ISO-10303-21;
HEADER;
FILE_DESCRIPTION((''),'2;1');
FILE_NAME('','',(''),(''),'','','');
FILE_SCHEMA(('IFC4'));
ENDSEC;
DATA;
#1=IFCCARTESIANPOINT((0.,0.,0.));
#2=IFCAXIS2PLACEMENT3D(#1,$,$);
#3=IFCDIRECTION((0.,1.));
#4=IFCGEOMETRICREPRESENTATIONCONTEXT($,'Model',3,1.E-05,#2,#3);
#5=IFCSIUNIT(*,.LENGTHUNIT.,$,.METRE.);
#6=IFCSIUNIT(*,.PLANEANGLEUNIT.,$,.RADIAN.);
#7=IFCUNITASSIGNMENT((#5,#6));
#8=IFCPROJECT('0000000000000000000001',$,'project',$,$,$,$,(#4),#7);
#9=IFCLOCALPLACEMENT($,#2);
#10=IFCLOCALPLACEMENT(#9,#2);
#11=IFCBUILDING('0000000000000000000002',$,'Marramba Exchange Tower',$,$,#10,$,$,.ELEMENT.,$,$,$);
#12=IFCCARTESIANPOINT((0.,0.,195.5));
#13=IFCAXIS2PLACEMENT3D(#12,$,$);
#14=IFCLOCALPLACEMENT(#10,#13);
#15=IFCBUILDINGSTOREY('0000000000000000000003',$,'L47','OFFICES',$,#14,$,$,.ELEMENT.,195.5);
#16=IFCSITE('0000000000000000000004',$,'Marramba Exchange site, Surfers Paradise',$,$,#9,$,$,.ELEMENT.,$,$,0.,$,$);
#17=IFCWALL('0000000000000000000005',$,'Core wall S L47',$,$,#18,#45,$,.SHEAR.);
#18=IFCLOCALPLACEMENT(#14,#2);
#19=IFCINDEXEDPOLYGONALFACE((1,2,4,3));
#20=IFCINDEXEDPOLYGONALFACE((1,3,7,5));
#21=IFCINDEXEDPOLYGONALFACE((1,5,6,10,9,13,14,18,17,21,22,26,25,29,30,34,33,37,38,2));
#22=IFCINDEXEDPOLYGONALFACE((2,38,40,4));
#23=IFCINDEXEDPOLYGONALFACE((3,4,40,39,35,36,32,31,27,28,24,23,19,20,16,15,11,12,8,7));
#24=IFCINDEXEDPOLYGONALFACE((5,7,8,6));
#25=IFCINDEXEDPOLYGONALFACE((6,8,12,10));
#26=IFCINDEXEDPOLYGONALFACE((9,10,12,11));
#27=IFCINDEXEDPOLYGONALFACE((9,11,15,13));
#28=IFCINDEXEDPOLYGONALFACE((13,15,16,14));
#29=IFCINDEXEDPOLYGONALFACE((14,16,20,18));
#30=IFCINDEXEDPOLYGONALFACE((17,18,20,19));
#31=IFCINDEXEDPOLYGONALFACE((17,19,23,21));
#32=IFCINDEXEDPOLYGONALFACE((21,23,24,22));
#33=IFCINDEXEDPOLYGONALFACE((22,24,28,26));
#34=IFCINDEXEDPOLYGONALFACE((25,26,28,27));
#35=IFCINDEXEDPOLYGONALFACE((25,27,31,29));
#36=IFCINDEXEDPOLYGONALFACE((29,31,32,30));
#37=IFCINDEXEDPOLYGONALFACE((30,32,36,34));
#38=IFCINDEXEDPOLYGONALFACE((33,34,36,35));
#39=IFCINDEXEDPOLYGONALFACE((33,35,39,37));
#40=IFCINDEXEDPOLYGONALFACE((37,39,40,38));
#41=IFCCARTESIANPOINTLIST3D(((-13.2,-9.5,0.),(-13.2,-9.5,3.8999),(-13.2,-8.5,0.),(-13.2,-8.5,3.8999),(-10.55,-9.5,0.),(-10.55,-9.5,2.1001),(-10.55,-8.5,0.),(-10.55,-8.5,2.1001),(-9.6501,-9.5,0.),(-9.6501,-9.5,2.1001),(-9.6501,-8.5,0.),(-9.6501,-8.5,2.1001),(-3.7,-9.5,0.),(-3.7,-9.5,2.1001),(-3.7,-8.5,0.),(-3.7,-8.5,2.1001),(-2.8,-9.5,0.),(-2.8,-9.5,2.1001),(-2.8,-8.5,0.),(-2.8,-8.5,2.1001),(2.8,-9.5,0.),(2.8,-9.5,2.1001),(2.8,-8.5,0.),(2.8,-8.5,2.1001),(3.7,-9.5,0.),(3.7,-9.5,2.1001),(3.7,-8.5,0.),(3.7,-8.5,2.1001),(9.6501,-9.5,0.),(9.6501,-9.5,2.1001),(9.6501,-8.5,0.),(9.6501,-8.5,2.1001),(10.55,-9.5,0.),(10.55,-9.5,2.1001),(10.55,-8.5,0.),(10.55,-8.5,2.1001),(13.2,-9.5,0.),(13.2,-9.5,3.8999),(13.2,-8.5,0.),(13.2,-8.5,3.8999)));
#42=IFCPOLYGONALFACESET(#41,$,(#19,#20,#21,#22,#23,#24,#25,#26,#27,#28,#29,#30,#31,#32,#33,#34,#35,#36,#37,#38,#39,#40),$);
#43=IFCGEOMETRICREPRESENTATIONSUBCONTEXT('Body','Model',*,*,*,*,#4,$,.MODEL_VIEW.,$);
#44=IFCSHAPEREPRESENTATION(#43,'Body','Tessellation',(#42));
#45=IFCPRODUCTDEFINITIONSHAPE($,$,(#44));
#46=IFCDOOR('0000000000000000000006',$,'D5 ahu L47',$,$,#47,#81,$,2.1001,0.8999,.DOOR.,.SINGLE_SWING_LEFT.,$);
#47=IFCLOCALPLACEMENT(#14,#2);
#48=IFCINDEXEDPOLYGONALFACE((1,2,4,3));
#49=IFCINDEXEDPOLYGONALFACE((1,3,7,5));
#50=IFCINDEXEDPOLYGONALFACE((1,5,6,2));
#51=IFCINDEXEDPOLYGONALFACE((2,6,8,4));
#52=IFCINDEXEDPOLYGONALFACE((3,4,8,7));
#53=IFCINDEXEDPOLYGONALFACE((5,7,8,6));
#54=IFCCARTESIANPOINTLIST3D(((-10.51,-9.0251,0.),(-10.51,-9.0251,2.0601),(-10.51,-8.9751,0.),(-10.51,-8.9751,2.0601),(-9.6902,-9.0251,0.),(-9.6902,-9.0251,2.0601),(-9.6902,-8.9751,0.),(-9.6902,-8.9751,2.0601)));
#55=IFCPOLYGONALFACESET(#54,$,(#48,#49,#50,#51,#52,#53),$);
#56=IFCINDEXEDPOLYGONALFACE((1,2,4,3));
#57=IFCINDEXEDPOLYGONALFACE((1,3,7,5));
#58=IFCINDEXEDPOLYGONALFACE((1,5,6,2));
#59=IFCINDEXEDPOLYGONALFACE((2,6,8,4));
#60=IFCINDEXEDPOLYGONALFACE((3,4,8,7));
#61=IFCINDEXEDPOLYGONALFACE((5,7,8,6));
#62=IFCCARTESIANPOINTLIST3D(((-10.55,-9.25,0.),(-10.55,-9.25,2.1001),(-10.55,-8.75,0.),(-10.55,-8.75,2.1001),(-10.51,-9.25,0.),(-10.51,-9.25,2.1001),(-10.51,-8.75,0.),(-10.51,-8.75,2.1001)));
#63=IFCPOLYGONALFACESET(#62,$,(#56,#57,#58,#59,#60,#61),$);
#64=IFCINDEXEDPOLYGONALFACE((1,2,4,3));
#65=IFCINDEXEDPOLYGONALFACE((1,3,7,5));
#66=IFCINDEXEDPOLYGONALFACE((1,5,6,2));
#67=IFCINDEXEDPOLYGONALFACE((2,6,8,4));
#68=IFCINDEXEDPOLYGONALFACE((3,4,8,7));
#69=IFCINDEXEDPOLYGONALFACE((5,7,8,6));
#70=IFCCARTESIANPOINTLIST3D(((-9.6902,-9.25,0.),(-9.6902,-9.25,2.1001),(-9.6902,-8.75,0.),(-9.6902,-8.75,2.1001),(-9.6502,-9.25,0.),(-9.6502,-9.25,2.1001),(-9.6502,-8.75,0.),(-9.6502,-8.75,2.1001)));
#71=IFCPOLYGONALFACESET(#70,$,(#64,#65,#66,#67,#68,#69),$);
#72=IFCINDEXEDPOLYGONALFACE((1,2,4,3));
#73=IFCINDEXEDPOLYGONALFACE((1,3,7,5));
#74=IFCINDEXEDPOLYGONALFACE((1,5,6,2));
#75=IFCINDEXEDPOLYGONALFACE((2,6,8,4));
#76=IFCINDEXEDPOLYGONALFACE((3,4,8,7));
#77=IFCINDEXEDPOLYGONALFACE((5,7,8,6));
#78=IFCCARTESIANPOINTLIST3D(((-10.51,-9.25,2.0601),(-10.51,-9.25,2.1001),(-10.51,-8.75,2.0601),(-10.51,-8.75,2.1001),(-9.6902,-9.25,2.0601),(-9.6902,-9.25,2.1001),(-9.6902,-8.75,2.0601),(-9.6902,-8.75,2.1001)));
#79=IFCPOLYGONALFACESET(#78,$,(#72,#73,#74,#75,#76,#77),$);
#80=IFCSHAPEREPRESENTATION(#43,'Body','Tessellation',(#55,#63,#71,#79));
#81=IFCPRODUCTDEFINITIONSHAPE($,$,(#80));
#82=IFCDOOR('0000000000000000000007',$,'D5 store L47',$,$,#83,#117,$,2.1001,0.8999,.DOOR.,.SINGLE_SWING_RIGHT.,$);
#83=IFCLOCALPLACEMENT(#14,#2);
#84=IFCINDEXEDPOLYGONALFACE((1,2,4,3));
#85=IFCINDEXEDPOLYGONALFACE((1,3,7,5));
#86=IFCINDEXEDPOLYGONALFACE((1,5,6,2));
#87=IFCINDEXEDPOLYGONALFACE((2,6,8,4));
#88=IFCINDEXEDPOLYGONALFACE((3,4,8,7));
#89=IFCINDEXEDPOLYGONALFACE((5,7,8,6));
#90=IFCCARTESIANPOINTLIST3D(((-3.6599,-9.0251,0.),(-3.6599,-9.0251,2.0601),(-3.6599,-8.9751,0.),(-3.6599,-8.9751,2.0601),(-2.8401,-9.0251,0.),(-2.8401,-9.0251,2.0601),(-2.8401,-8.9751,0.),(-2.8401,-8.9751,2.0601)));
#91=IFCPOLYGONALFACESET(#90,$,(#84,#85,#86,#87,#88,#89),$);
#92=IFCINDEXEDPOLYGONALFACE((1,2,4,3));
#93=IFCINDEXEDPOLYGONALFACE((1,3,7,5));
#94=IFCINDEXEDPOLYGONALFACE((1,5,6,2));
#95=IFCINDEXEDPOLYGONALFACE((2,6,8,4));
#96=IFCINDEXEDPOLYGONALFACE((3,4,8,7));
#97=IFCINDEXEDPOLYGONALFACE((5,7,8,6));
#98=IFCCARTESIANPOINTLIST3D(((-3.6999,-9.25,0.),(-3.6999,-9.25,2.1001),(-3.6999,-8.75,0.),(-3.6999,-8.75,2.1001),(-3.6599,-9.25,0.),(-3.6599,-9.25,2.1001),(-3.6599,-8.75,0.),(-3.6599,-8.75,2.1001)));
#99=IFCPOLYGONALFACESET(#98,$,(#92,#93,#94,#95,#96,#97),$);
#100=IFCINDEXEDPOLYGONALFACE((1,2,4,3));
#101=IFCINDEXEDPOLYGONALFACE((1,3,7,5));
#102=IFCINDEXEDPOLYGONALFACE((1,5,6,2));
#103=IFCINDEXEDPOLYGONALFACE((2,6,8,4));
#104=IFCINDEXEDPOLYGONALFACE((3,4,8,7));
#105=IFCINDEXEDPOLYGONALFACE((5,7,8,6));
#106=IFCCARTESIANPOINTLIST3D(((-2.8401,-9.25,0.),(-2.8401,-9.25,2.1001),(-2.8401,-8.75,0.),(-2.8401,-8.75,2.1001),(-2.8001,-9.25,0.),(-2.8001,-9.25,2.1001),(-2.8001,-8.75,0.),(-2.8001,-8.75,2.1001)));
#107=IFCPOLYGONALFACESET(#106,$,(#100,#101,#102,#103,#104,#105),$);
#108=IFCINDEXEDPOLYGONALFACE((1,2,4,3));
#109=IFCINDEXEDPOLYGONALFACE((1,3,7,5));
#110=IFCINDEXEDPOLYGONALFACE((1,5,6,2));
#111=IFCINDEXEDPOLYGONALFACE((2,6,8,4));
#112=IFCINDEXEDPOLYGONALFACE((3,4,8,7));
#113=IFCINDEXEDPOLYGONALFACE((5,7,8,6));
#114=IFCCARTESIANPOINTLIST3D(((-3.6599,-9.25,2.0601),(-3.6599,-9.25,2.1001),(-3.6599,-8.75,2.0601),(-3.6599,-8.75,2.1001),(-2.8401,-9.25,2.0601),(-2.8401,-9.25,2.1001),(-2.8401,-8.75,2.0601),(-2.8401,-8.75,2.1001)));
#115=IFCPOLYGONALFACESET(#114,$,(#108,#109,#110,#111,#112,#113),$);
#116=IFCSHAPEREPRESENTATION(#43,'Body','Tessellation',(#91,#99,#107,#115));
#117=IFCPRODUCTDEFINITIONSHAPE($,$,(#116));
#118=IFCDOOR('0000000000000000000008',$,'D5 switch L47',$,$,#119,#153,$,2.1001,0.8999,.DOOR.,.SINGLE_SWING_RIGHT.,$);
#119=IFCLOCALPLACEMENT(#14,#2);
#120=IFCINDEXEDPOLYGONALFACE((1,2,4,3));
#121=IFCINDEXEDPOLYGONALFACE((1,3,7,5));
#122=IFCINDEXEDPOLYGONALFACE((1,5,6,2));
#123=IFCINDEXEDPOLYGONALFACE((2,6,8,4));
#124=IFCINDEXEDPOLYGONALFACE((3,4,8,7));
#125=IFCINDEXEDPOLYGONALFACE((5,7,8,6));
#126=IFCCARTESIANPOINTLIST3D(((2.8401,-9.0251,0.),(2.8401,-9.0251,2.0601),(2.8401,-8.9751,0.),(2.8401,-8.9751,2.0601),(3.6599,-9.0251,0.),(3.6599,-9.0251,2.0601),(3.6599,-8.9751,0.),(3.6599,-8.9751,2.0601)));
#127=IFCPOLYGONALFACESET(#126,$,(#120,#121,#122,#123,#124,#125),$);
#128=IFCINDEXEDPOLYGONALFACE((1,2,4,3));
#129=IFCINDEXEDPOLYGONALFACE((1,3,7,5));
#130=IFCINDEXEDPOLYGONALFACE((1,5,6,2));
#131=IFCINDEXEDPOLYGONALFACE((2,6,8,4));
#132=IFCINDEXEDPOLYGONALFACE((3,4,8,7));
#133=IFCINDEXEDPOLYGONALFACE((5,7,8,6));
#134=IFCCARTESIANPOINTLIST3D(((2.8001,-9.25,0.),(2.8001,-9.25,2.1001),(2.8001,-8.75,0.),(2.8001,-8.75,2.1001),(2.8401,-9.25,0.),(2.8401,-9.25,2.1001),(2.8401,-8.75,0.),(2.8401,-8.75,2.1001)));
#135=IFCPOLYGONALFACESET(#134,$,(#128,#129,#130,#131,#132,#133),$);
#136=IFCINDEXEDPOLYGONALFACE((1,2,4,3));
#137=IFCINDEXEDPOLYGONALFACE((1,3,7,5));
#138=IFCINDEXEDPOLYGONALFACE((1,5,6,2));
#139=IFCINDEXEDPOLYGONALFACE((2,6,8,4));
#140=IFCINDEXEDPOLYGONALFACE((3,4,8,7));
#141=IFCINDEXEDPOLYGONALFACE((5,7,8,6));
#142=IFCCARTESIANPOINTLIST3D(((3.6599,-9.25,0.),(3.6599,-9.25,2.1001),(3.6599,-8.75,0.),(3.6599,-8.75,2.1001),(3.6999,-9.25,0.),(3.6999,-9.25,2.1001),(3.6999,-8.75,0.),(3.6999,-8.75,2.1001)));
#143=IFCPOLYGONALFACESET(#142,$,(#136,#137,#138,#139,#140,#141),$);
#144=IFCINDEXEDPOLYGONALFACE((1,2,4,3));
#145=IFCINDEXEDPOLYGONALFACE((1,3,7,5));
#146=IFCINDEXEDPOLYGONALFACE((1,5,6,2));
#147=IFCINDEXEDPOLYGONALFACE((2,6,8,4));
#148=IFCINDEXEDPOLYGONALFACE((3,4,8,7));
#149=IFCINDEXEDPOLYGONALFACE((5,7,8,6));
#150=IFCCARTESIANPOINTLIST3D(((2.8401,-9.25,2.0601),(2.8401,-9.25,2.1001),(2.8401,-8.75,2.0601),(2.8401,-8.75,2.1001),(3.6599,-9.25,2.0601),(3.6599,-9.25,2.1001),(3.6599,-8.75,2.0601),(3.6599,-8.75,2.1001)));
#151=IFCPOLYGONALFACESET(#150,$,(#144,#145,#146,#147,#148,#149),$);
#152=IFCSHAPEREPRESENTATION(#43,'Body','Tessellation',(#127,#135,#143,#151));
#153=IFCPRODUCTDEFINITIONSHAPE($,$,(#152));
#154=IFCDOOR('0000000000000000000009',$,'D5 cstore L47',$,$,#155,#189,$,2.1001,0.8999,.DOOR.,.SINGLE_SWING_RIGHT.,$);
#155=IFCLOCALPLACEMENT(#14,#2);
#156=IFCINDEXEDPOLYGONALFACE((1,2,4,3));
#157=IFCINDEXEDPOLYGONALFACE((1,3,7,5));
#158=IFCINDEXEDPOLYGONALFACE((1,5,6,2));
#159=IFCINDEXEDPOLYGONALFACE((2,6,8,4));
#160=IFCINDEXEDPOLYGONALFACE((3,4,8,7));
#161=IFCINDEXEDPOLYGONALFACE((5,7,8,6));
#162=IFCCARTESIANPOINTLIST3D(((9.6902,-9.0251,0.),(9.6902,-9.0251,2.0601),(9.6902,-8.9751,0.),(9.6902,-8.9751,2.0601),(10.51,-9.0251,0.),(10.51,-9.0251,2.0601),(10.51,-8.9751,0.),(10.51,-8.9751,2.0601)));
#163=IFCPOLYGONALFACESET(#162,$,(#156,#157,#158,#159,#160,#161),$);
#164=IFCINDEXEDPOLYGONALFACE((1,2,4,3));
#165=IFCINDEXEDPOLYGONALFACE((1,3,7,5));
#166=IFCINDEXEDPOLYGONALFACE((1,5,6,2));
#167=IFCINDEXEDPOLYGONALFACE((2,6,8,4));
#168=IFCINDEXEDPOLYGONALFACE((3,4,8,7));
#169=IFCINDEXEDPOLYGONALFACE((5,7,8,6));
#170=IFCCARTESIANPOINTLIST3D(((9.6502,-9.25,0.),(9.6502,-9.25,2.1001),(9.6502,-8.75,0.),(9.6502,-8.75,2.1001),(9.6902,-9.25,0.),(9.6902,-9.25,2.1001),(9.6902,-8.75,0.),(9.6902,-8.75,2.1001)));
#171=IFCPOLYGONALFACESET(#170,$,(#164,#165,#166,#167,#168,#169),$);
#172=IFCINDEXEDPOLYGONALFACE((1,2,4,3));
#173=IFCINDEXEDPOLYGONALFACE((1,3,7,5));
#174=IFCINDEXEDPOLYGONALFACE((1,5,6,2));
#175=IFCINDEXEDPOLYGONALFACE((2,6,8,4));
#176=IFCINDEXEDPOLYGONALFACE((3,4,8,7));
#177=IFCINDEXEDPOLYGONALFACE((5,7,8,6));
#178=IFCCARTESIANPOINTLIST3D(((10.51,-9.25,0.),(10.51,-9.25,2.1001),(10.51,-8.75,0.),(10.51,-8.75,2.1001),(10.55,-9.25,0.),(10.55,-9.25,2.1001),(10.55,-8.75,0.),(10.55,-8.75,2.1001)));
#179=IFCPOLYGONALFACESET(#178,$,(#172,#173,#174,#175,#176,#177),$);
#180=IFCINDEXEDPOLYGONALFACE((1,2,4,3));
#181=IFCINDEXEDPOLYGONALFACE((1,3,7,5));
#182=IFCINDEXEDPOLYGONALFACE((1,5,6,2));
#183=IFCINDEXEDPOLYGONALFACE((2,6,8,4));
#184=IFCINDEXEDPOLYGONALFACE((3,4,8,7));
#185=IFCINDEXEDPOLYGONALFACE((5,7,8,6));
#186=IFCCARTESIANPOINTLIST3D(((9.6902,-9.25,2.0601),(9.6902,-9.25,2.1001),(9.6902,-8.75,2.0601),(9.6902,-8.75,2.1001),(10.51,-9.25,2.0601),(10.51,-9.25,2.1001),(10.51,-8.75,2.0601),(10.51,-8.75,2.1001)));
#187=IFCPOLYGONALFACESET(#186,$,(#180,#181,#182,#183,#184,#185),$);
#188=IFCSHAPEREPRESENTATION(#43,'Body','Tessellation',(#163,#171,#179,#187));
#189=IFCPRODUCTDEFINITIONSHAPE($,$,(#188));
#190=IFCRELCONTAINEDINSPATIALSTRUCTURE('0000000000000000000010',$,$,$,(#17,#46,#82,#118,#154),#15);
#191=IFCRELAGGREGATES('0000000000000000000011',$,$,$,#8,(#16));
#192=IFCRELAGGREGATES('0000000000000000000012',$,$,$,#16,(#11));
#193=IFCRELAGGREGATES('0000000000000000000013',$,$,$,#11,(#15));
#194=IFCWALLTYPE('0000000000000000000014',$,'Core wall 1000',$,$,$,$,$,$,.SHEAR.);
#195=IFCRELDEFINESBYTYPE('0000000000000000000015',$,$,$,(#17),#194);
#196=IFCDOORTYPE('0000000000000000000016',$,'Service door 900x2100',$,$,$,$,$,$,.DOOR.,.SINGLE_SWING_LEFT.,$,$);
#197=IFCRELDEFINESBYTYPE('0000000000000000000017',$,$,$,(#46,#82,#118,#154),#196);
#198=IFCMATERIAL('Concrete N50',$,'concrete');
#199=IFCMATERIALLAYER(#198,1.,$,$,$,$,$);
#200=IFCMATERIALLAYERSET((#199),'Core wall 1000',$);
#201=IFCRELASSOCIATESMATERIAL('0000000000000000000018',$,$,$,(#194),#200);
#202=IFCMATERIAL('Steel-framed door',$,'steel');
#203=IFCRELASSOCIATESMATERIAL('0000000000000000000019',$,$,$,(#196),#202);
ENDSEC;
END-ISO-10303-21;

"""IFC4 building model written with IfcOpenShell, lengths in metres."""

from ifc_helpers import new_model, si_unit, direction, frame, frame_2d, origin, place, context, subcontext, project, spatial, rectangle, extrude, material, layer, layer_set, type_object, element, fill, save


model = new_model("IFC4")

# Units and contexts
model_context = context("Model", 3, precision=1e-05, world=origin(), true_north=direction((0.0, 1.0)))
body_context = subcontext(model_context, "Body", "Model", "MODEL_VIEW")
ifc_project = project(units=[si_unit("LENGTHUNIT", "METRE"), si_unit("PLANEANGLEUNIT", "RADIAN")], contexts=[model_context])

# Site, building, storey
site_placement = place(None, origin())
site = spatial("IfcSite", under=ifc_project, at=site_placement, Name="Marramba Exchange site, Surfers Paradise", CompositionType="ELEMENT", RefElevation=0.0)
building_placement = place(site_placement, origin())
building = spatial("IfcBuilding", under=site, at=building_placement, Name="Marramba Exchange Tower", CompositionType="ELEMENT")
storey_placement = place(building_placement, frame((0.0, 0.0, 195.5)))
storey = spatial("IfcBuildingStorey", under=building, at=storey_placement, Name="L47", Description="OFFICES", CompositionType="ELEMENT", Elevation=195.5)

# Shared definitions
ifc_material_1 = material(Name="Concrete N50", Category="concrete")

# Wall, openings, doors
ifc_layer_1 = layer(ifc_material_1, 1.0)
ifc_layer_set_1 = layer_set([ifc_layer_1], Name="Core wall 1000")
wall_type_1 = type_object("IfcWallType", Name="Core wall 1000", PredefinedType="SHEAR", material=ifc_layer_set_1)
wall_1_placement = place(storey_placement, frame((-13.2, -9.0, 0.0), z_axis=(0.0, 0.0, 1.0), x_axis=(1.0, 0.0, 0.0)))
wall_1 = element("IfcWall", 1, at=wall_1_placement, inside=storey, type_object=wall_type_1, Name="Core wall S L47", PredefinedType="SHEAR", context=body_context, shape_type="SweptSolid", body=[
    extrude(rectangle(XDim=26.3999, YDim=1.0, at=frame_2d((13.2, 0.0))), origin(), (0.0, 0.0, 1.0), 3.8999),
])
opening_1_placement = place(wall_1_placement, frame((2.6499, 0.0, 0.0)))
opening_1 = element("IfcOpeningElement", 2, at=opening_1_placement, cuts=wall_1, PredefinedType="OPENING", context=body_context, shape_type="SweptSolid", body=[
    extrude(rectangle(XDim=0.8999, YDim=2.1001, at=frame_2d((0.45, 1.05))), frame((0.0, 0.51, 0.0), z_axis=(0.0, -1.0, 0.0), x_axis=(1.0, 0.0, 0.0)), (0.0, 0.0, 1.0), 1.02),
])
opening_2_placement = place(wall_1_placement, frame((9.5, 0.0, 0.0)))
opening_2 = element("IfcOpeningElement", 3, at=opening_2_placement, cuts=wall_1, PredefinedType="OPENING", context=body_context, shape_type="SweptSolid", body=[
    extrude(rectangle(XDim=0.8999, YDim=2.1001, at=frame_2d((0.45, 1.05))), frame((0.0, 0.51, 0.0), z_axis=(0.0, -1.0, 0.0), x_axis=(1.0, 0.0, 0.0)), (0.0, 0.0, 1.0), 1.02),
])
opening_3_placement = place(wall_1_placement, frame((16.0, 0.0, 0.0)))
opening_3 = element("IfcOpeningElement", 4, at=opening_3_placement, cuts=wall_1, PredefinedType="OPENING", context=body_context, shape_type="SweptSolid", body=[
    extrude(rectangle(XDim=0.8999, YDim=2.1001, at=frame_2d((0.45, 1.05))), frame((0.0, 0.51, 0.0), z_axis=(0.0, -1.0, 0.0), x_axis=(1.0, 0.0, 0.0)), (0.0, 0.0, 1.0), 1.02),
])
opening_4_placement = place(wall_1_placement, frame((22.8501, 0.0, 0.0)))
opening_4 = element("IfcOpeningElement", 5, at=opening_4_placement, cuts=wall_1, PredefinedType="OPENING", context=body_context, shape_type="SweptSolid", body=[
    extrude(rectangle(XDim=0.8999, YDim=2.1001, at=frame_2d((0.45, 1.05))), frame((0.0, 0.51, 0.0), z_axis=(0.0, -1.0, 0.0), x_axis=(1.0, 0.0, 0.0)), (0.0, 0.0, 1.0), 1.02),
])
ifc_material_2 = material(Name="Steel-framed door", Category="steel")
door_type = type_object("IfcDoorType", Name="Service door 900x2100", OperationType="SINGLE_SWING_LEFT", PredefinedType="DOOR", material=ifc_material_2)
door_1_placement = place(opening_1_placement, origin())
door_1 = element("IfcDoor", 6, at=door_1_placement, inside=storey, type_object=door_type, Name="D5 ahu L47", OperationType="SINGLE_SWING_LEFT", OverallHeight=2.1001, OverallWidth=0.8999, PredefinedType="DOOR", context=body_context, shape_type="SweptSolid", body=[
    extrude(rectangle(XDim=0.8198, YDim=2.0601, at=frame_2d((0.45, 1.03))), frame((0.0, 0.0249, 0.0), z_axis=(0.0, -1.0, 0.0), x_axis=(1.0, 0.0, 0.0)), (0.0, 0.0, 1.0), 0.05),
    extrude(rectangle(XDim=0.04, YDim=2.1001, at=frame_2d((0.02, 1.05))), frame((0.0, 0.25, 0.0), z_axis=(0.0, -1.0, 0.0), x_axis=(1.0, 0.0, 0.0)), (0.0, 0.0, 1.0), 0.5),
    extrude(rectangle(XDim=0.04, YDim=2.1001, at=frame_2d((0.8799, 1.05))), frame((0.0, 0.25, 0.0), z_axis=(0.0, -1.0, 0.0), x_axis=(1.0, 0.0, 0.0)), (0.0, 0.0, 1.0), 0.5),
    extrude(rectangle(XDim=0.8198, YDim=0.04, at=frame_2d((0.45, 2.0801))), frame((0.0, 0.25, 0.0), z_axis=(0.0, -1.0, 0.0), x_axis=(1.0, 0.0, 0.0)), (0.0, 0.0, 1.0), 0.5),
])
fill(opening_1, door_1)
door_2_placement = place(opening_2_placement, origin())
door_2 = element("IfcDoor", 7, at=door_2_placement, inside=storey, type_object=door_type, Name="D5 store L47", OperationType="SINGLE_SWING_RIGHT", OverallHeight=2.1001, OverallWidth=0.8999, PredefinedType="DOOR", context=body_context, shape_type="SweptSolid", body=[
    extrude(rectangle(XDim=0.8198, YDim=2.0601, at=frame_2d((0.45, 1.03))), frame((0.0, 0.0249, 0.0), z_axis=(0.0, -1.0, 0.0), x_axis=(1.0, 0.0, 0.0)), (0.0, 0.0, 1.0), 0.05),
    extrude(rectangle(XDim=0.04, YDim=2.1001, at=frame_2d((0.02, 1.05))), frame((0.0, 0.25, 0.0), z_axis=(0.0, -1.0, 0.0), x_axis=(1.0, 0.0, 0.0)), (0.0, 0.0, 1.0), 0.5),
    extrude(rectangle(XDim=0.04, YDim=2.1001, at=frame_2d((0.8799, 1.05))), frame((0.0, 0.25, 0.0), z_axis=(0.0, -1.0, 0.0), x_axis=(1.0, 0.0, 0.0)), (0.0, 0.0, 1.0), 0.5),
    extrude(rectangle(XDim=0.8198, YDim=0.04, at=frame_2d((0.45, 2.0801))), frame((0.0, 0.25, 0.0), z_axis=(0.0, -1.0, 0.0), x_axis=(1.0, 0.0, 0.0)), (0.0, 0.0, 1.0), 0.5),
])
fill(opening_2, door_2)
door_3_placement = place(opening_3_placement, origin())
door_3 = element("IfcDoor", 8, at=door_3_placement, inside=storey, type_object=door_type, Name="D5 switch L47", OperationType="SINGLE_SWING_RIGHT", OverallHeight=2.1001, OverallWidth=0.8999, PredefinedType="DOOR", context=body_context, shape_type="SweptSolid", body=[
    extrude(rectangle(XDim=0.8198, YDim=2.0601, at=frame_2d((0.45, 1.03))), frame((0.0, 0.0249, 0.0), z_axis=(0.0, -1.0, 0.0), x_axis=(1.0, 0.0, 0.0)), (0.0, 0.0, 1.0), 0.05),
    extrude(rectangle(XDim=0.04, YDim=2.1001, at=frame_2d((0.02, 1.05))), frame((0.0, 0.25, 0.0), z_axis=(0.0, -1.0, 0.0), x_axis=(1.0, 0.0, 0.0)), (0.0, 0.0, 1.0), 0.5),
    extrude(rectangle(XDim=0.04, YDim=2.1001, at=frame_2d((0.8799, 1.05))), frame((0.0, 0.25, 0.0), z_axis=(0.0, -1.0, 0.0), x_axis=(1.0, 0.0, 0.0)), (0.0, 0.0, 1.0), 0.5),
    extrude(rectangle(XDim=0.8198, YDim=0.04, at=frame_2d((0.45, 2.0801))), frame((0.0, 0.25, 0.0), z_axis=(0.0, -1.0, 0.0), x_axis=(1.0, 0.0, 0.0)), (0.0, 0.0, 1.0), 0.5),
])
fill(opening_3, door_3)
door_4_placement = place(opening_4_placement, origin())
door_4 = element("IfcDoor", 9, at=door_4_placement, inside=storey, type_object=door_type, Name="D5 cstore L47", OperationType="SINGLE_SWING_RIGHT", OverallHeight=2.1001, OverallWidth=0.8999, PredefinedType="DOOR", context=body_context, shape_type="SweptSolid", body=[
    extrude(rectangle(XDim=0.8198, YDim=2.0601, at=frame_2d((0.45, 1.03))), frame((0.0, 0.0249, 0.0), z_axis=(0.0, -1.0, 0.0), x_axis=(1.0, 0.0, 0.0)), (0.0, 0.0, 1.0), 0.05),
    extrude(rectangle(XDim=0.04, YDim=2.1001, at=frame_2d((0.02, 1.05))), frame((0.0, 0.25, 0.0), z_axis=(0.0, -1.0, 0.0), x_axis=(1.0, 0.0, 0.0)), (0.0, 0.0, 1.0), 0.5),
    extrude(rectangle(XDim=0.04, YDim=2.1001, at=frame_2d((0.8799, 1.05))), frame((0.0, 0.25, 0.0), z_axis=(0.0, -1.0, 0.0), x_axis=(1.0, 0.0, 0.0)), (0.0, 0.0, 1.0), 0.5),
    extrude(rectangle(XDim=0.8198, YDim=0.04, at=frame_2d((0.45, 2.0801))), frame((0.0, 0.25, 0.0), z_axis=(0.0, -1.0, 0.0), x_axis=(1.0, 0.0, 0.0)), (0.0, 0.0, 1.0), 0.5),
])
fill(opening_4, door_4)

save(model, "model.ifc")
